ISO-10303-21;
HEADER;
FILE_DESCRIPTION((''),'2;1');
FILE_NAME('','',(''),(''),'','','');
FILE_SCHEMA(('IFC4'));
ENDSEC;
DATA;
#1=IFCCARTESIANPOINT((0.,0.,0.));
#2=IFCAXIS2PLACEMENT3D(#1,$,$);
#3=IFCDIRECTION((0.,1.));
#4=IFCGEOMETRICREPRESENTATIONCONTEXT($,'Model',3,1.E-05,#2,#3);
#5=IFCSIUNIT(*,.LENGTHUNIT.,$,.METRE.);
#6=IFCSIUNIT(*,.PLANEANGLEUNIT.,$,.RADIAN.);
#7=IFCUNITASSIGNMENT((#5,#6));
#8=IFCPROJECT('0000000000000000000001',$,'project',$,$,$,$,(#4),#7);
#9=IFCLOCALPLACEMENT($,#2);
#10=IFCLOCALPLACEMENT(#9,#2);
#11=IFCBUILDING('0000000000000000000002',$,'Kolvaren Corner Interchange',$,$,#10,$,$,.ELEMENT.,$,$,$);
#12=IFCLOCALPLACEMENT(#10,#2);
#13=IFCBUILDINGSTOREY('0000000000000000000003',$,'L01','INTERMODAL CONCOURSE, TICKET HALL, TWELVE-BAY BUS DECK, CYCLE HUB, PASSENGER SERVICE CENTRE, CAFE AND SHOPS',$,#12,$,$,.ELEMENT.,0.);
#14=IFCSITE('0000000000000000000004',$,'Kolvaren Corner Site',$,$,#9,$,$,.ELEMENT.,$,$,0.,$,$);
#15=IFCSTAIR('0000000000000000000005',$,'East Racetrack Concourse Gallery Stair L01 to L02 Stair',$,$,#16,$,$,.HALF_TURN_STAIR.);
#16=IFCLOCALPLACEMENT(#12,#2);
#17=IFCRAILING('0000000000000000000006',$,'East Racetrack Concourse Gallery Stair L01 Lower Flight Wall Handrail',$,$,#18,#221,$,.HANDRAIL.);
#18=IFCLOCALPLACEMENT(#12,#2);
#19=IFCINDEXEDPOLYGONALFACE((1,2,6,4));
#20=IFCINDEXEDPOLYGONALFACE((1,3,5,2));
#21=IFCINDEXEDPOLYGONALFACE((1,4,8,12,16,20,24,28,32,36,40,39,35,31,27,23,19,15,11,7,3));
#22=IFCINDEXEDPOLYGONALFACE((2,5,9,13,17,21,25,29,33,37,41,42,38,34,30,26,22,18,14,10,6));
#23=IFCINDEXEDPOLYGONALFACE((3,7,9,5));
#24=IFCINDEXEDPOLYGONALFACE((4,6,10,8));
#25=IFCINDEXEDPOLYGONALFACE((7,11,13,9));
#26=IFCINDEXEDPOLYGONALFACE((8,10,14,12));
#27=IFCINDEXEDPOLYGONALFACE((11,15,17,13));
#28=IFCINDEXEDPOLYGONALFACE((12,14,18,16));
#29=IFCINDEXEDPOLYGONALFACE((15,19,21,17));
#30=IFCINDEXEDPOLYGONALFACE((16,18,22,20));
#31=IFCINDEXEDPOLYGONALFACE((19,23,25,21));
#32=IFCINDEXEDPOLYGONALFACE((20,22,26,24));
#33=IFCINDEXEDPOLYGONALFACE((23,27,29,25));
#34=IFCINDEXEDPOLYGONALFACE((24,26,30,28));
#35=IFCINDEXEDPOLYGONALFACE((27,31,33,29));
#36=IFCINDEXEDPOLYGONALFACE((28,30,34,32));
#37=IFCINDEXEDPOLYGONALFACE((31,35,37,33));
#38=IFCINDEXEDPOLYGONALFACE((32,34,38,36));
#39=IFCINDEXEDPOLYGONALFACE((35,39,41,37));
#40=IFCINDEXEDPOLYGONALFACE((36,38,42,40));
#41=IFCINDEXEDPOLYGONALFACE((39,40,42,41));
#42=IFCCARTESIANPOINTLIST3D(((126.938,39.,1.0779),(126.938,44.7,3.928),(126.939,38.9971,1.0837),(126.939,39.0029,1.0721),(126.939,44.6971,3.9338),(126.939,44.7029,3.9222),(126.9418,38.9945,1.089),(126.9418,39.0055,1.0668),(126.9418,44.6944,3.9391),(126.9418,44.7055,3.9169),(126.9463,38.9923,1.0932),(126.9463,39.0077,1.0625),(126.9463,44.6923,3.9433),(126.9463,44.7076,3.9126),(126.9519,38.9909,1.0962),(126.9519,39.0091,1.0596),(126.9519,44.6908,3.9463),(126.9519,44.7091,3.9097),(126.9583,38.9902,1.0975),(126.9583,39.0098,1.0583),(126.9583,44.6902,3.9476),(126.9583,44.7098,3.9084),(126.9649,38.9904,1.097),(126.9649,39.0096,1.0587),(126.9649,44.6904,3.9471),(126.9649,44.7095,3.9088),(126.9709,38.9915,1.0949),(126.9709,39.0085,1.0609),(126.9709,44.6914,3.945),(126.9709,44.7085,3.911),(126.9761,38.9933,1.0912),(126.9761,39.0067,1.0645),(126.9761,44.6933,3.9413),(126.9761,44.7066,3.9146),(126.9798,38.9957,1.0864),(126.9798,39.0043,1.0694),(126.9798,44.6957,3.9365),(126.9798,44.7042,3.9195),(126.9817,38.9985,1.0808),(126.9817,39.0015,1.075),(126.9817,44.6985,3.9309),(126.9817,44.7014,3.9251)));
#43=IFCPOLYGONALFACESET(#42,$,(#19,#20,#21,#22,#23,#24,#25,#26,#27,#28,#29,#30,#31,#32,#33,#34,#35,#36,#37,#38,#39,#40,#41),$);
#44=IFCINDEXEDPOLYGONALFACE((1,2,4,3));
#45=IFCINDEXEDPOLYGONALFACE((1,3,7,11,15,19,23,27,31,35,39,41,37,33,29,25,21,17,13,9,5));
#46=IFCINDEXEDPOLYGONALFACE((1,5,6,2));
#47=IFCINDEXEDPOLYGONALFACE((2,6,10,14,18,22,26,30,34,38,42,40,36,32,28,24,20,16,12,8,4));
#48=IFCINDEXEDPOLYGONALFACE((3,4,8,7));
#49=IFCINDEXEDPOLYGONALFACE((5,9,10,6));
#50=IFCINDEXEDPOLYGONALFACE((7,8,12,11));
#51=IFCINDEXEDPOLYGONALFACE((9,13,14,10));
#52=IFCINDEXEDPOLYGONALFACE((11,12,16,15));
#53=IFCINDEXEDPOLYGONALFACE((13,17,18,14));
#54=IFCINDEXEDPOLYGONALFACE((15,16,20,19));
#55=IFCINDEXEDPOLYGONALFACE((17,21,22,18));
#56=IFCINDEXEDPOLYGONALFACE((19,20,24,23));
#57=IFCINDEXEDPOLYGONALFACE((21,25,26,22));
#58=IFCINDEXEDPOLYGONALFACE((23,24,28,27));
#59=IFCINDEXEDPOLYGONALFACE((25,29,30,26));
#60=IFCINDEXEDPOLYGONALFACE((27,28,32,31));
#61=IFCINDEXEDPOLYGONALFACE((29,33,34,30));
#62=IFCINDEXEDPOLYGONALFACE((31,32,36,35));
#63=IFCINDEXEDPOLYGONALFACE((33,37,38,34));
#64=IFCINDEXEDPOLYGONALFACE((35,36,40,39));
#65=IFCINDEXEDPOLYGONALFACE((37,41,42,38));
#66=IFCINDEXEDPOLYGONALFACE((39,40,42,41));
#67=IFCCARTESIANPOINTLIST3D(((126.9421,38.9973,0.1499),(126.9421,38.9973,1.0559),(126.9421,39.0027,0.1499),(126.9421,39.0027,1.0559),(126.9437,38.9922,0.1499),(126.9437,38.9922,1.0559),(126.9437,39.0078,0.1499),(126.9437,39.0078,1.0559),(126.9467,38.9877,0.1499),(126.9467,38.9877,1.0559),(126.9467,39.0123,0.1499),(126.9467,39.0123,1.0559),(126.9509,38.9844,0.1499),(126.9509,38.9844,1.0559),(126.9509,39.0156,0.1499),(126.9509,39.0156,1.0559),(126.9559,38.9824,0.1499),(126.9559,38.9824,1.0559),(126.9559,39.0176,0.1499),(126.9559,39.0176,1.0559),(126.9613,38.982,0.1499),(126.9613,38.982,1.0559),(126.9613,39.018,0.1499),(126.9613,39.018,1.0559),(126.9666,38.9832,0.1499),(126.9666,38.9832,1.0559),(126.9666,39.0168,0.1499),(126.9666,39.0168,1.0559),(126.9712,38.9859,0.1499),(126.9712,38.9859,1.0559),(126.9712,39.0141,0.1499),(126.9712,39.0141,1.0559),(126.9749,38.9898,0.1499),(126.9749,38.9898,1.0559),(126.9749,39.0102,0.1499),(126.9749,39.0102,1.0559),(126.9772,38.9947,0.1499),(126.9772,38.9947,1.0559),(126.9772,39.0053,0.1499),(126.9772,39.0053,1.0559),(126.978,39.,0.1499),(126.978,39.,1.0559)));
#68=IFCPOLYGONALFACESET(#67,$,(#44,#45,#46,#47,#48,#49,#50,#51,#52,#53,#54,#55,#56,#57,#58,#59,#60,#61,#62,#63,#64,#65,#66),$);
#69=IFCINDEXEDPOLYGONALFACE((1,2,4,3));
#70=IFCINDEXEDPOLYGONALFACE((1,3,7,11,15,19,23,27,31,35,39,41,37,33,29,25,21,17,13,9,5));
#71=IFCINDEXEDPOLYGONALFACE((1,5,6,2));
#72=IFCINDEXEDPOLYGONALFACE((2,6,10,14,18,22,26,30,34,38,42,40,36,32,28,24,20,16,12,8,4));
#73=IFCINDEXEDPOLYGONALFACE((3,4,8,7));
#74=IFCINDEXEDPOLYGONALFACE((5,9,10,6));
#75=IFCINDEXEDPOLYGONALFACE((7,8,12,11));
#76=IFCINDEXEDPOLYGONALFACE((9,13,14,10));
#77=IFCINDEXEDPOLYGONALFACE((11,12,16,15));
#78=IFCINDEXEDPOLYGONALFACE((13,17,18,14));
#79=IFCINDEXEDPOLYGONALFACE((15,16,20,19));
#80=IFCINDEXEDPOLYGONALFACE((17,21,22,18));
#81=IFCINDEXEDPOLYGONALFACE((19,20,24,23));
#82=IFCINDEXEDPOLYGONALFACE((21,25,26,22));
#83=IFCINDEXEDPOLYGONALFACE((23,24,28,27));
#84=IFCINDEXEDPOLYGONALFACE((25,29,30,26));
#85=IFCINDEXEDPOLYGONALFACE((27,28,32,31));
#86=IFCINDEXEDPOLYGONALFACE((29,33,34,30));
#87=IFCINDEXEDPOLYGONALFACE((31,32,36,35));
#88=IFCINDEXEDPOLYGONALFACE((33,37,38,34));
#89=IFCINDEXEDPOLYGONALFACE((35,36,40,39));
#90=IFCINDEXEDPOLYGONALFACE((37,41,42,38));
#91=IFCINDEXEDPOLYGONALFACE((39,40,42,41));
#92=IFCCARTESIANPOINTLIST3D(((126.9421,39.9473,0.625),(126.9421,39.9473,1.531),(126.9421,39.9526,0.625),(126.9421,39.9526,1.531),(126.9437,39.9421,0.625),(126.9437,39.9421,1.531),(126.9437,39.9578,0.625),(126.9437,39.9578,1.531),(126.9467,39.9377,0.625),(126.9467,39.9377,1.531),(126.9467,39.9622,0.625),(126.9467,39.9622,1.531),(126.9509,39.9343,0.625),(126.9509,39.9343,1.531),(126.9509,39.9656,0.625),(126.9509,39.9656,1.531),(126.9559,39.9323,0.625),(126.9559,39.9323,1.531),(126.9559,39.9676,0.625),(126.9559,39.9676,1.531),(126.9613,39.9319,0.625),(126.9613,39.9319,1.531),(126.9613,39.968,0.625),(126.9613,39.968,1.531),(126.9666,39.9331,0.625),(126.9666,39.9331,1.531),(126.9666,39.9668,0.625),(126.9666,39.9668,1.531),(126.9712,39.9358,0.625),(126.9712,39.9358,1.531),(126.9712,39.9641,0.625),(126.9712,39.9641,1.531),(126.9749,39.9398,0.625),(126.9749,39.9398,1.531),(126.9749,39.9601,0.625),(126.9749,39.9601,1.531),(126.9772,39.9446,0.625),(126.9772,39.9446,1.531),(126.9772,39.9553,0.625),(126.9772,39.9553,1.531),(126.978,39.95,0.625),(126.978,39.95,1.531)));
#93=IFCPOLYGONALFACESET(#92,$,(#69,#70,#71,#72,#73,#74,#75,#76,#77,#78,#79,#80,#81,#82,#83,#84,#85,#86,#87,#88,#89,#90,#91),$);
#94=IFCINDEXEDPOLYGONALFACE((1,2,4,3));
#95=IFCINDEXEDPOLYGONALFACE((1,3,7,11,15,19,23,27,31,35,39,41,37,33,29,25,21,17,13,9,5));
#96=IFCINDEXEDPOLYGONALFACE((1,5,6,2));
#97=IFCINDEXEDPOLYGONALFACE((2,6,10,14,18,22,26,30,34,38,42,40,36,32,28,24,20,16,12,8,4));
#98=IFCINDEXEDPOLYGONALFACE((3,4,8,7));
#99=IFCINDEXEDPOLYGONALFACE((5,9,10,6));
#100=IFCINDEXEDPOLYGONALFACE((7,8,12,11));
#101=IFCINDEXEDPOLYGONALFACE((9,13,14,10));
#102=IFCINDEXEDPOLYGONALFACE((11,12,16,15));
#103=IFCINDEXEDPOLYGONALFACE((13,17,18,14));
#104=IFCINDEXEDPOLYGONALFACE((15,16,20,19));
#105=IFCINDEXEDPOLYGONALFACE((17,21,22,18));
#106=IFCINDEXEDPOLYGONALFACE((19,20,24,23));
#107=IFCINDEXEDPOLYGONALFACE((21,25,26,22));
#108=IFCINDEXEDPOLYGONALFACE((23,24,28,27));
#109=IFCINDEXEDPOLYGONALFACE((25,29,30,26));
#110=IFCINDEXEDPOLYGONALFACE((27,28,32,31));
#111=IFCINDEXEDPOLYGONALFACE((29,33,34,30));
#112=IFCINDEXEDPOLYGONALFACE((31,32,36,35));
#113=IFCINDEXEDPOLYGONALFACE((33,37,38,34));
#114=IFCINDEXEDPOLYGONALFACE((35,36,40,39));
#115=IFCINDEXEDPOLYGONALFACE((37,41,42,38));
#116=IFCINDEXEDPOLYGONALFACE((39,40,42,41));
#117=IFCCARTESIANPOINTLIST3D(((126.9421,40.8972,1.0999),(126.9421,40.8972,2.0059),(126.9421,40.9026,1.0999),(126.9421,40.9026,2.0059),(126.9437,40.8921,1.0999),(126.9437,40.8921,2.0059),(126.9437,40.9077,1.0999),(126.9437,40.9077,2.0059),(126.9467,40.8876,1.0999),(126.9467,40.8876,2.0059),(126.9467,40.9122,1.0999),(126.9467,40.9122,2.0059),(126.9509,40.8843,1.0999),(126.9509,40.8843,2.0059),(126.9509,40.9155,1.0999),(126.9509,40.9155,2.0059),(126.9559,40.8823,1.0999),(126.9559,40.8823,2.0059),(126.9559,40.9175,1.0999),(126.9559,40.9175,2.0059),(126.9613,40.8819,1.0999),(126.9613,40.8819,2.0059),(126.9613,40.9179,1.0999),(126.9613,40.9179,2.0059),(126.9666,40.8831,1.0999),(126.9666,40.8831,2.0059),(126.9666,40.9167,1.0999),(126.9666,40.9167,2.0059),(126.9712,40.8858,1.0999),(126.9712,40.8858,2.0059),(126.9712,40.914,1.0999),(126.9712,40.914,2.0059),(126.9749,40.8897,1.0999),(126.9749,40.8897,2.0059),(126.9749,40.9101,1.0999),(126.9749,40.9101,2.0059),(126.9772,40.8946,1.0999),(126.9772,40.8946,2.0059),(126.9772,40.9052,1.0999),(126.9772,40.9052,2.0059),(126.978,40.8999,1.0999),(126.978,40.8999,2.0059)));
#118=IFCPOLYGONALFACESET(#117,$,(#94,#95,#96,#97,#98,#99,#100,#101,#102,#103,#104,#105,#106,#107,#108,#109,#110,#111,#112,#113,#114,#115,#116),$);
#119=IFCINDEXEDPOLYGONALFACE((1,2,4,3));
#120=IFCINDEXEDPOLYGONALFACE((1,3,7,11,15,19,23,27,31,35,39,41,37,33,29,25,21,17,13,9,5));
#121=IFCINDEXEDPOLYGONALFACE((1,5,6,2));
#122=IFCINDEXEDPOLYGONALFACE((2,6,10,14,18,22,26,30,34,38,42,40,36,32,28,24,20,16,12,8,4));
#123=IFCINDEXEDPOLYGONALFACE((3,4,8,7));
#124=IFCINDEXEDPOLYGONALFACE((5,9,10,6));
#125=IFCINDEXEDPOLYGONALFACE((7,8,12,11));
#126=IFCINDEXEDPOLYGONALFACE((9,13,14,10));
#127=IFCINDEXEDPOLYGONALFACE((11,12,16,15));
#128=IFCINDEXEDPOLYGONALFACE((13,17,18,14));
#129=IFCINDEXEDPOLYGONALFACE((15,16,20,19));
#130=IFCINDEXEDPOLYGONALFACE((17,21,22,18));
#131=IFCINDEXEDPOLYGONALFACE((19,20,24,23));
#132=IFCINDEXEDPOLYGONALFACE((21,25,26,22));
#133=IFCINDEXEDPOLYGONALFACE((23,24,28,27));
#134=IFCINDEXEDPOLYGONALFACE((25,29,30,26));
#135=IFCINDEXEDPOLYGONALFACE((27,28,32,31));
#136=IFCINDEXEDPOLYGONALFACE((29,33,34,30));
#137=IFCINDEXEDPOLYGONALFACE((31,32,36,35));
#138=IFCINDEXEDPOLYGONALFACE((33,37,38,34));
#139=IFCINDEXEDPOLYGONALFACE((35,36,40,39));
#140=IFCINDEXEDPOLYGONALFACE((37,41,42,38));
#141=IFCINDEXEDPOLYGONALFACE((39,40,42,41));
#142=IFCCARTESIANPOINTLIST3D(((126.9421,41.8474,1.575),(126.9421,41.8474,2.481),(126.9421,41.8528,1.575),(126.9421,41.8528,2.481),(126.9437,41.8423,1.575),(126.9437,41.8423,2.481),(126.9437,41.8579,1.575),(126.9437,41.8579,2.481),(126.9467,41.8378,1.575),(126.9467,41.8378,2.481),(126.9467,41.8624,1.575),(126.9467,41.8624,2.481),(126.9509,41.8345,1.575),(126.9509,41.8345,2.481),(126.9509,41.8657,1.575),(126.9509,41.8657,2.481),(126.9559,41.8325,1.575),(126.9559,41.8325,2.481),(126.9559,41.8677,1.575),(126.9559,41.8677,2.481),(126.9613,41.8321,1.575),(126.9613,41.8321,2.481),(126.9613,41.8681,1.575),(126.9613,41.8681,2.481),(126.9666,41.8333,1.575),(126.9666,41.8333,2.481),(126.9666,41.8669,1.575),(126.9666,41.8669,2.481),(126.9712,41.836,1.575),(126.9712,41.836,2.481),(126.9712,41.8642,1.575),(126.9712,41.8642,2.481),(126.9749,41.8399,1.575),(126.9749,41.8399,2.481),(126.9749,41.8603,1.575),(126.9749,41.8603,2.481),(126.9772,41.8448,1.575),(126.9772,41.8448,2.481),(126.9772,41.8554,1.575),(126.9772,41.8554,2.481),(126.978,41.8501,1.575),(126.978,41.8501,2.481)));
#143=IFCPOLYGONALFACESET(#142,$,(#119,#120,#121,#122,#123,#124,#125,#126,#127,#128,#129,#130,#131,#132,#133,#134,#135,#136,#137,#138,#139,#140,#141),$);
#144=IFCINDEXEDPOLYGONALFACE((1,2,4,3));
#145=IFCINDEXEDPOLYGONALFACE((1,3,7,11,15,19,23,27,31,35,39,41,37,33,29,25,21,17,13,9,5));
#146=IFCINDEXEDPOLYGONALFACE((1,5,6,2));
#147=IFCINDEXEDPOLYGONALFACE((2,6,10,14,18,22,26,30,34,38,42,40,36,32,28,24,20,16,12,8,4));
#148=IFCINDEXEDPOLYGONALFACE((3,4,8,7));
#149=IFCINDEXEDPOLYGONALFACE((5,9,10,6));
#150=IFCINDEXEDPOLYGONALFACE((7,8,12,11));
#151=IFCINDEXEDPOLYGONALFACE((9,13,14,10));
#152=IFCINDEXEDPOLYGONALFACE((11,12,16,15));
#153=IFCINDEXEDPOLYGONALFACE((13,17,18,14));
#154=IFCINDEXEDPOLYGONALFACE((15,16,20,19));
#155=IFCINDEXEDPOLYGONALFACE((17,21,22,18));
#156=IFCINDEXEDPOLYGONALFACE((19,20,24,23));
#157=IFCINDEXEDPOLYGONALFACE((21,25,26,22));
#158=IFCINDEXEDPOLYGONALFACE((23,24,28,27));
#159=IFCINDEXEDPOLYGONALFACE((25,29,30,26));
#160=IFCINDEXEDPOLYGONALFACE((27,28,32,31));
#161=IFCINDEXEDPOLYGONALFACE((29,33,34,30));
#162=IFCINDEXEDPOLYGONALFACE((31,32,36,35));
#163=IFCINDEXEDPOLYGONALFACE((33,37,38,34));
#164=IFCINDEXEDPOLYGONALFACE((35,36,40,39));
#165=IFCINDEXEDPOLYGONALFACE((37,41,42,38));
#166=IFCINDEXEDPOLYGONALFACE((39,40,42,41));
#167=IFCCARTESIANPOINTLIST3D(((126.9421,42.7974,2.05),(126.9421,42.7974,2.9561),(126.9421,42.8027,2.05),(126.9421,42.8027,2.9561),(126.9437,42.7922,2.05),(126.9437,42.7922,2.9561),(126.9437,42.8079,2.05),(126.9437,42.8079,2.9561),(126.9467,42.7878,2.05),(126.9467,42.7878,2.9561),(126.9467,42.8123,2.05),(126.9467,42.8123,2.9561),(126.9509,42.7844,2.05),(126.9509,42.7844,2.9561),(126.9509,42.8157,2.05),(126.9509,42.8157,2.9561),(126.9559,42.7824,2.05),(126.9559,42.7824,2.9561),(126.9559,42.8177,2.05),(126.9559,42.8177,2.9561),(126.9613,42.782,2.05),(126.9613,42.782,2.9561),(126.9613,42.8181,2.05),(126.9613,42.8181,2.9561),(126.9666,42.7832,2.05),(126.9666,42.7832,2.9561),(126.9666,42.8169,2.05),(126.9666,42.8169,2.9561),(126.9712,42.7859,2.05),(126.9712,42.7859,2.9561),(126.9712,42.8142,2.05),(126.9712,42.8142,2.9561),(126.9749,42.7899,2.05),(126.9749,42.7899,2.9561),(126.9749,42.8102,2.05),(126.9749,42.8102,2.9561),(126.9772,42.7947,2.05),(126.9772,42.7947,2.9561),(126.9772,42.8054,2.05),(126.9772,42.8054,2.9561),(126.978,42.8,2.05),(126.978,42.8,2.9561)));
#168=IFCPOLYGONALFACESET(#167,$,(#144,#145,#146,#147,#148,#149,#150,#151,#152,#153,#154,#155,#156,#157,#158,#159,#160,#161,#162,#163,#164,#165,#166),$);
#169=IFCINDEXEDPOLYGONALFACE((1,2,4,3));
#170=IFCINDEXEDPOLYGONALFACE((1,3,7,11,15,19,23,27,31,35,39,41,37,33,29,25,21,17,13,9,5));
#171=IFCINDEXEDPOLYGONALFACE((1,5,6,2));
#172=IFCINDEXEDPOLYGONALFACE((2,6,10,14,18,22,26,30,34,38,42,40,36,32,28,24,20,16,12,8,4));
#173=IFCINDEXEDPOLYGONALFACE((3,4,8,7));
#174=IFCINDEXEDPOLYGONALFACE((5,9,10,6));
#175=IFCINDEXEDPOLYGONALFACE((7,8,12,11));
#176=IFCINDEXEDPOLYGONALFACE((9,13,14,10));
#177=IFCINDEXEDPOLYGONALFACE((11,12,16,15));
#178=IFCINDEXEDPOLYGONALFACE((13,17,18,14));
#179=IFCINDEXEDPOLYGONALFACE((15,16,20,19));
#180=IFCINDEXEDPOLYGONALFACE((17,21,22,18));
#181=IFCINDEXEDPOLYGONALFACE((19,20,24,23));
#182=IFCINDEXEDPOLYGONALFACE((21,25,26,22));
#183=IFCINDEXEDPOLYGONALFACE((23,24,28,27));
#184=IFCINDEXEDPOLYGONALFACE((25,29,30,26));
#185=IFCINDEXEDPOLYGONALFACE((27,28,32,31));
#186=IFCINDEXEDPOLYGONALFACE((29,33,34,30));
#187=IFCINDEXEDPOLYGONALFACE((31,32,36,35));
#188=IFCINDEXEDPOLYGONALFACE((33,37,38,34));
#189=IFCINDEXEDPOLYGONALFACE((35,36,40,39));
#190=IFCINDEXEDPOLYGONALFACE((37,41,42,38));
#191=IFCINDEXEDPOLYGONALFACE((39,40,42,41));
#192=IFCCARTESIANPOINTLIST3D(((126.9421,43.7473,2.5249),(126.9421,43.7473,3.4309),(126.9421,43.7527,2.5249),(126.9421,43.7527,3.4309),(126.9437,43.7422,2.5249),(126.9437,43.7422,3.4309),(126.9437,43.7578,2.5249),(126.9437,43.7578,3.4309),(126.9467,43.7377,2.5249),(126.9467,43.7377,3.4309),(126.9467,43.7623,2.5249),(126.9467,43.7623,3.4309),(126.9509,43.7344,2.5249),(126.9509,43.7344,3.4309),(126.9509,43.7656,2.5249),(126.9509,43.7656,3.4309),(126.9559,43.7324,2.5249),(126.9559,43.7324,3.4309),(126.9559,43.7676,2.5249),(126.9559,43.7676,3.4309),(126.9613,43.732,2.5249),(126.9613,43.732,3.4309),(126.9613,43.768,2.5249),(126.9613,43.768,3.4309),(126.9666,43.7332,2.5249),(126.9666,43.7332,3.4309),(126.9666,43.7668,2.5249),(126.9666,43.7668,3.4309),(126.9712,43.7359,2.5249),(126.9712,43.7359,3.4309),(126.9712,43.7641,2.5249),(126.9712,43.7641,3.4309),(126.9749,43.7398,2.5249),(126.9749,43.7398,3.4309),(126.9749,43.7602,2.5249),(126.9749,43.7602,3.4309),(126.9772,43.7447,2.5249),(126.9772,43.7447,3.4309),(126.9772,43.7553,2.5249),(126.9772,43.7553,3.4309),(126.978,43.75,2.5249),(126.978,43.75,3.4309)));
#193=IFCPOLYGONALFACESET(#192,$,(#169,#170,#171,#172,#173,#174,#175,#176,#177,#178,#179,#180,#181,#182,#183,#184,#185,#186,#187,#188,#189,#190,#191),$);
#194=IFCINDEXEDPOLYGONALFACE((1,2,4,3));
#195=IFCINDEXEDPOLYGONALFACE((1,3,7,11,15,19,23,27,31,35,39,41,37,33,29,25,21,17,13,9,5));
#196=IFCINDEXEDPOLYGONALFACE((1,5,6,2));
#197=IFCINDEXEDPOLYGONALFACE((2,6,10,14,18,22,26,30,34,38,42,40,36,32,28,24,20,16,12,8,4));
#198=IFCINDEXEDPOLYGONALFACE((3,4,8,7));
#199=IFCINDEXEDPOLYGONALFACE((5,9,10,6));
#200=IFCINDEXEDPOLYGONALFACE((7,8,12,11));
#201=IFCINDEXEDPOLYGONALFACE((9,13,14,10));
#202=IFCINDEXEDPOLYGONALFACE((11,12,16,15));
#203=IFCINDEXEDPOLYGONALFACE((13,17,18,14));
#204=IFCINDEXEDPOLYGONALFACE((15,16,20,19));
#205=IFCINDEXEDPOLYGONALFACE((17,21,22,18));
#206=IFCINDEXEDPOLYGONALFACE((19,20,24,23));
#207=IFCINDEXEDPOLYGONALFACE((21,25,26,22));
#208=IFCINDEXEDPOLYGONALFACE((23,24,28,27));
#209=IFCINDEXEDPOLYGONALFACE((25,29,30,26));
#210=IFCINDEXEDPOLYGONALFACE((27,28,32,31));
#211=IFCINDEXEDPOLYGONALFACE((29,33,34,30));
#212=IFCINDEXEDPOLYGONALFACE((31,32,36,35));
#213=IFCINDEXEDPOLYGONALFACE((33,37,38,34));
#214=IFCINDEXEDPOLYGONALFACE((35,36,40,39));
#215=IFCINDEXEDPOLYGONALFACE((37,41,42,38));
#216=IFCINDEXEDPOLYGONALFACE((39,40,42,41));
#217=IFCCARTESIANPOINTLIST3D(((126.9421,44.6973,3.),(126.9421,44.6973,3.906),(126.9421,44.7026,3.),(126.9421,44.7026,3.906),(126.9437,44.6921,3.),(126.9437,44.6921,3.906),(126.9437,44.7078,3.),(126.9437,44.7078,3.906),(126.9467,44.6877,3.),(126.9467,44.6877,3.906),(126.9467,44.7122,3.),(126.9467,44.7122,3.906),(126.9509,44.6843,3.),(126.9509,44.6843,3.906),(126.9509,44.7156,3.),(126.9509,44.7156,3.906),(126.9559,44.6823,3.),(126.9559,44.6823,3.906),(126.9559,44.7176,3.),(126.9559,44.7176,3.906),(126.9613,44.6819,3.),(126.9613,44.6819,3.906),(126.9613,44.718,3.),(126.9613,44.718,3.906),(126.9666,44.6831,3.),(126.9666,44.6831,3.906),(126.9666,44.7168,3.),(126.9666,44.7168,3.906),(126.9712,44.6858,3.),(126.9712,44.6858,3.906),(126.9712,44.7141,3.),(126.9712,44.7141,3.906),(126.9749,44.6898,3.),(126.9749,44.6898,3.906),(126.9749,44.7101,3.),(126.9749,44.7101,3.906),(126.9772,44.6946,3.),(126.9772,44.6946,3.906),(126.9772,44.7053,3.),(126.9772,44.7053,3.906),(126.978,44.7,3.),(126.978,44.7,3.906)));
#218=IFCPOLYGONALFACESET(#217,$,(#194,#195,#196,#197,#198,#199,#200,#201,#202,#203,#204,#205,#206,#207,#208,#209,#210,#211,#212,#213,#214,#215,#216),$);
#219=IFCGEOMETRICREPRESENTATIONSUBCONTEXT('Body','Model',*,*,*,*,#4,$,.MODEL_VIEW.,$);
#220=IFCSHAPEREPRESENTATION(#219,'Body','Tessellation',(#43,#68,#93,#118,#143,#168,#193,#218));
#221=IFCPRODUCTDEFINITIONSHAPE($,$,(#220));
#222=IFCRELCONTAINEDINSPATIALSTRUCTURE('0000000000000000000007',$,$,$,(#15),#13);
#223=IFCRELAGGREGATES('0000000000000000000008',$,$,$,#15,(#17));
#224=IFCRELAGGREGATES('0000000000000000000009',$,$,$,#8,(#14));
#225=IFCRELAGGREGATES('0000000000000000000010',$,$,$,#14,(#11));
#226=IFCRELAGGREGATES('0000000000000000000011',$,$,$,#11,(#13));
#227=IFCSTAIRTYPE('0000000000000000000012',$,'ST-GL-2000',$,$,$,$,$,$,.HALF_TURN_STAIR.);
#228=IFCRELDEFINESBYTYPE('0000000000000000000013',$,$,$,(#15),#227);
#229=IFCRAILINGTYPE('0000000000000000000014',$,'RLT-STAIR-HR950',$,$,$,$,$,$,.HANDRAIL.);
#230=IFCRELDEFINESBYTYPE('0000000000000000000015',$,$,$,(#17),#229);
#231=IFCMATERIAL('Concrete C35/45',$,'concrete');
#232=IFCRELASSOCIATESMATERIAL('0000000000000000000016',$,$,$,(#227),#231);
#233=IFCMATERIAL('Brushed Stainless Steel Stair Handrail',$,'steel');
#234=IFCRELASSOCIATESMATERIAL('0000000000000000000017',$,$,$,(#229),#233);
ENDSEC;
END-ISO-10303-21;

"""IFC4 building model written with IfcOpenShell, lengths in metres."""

from ifc_helpers import new_model, si_unit, direction, frame, origin, origin_2d, place, context, subcontext, project, spatial, circle, extrude, material, type_object, element, aggregate, save


model = new_model("IFC4")

# Units and contexts
model_context = context("Model", 3, precision=1e-05, world=origin(), true_north=direction((0.0, 1.0)))
body_context = subcontext(model_context, "Body", "Model", "MODEL_VIEW")
ifc_project = project(units=[si_unit("LENGTHUNIT", "METRE"), si_unit("PLANEANGLEUNIT", "RADIAN")], contexts=[model_context])

# Site, building, storey
site_placement = place(None, origin())
site = spatial("IfcSite", under=ifc_project, at=site_placement, Name="Kolvaren Corner Site", CompositionType="ELEMENT", RefElevation=0.0)
building_placement = place(site_placement, origin())
building = spatial("IfcBuilding", under=site, at=building_placement, Name="Kolvaren Corner Interchange", CompositionType="ELEMENT")
storey_placement = place(building_placement, origin())
storey = spatial("IfcBuildingStorey", under=building, at=storey_placement, Name="L01", Description="INTERMODAL CONCOURSE, TICKET HALL, TWELVE-BAY BUS DECK, CYCLE HUB, PASSENGER SERVICE CENTRE, CAFE AND SHOPS", CompositionType="ELEMENT", Elevation=0.0)

# Stair, railing
ifc_material_1 = material(Name="Concrete C35/45", Category="concrete")
stair_type = type_object("IfcStairType", Name="ST-GL-2000", PredefinedType="HALF_TURN_STAIR", material=ifc_material_1)
stair_placement = place(storey_placement, origin())
stair = element("IfcStair", 1, at=stair_placement, inside=storey, type_object=stair_type, Name="East Racetrack Concourse Gallery Stair L01 to L02 Stair", PredefinedType="HALF_TURN_STAIR")
ifc_material_2 = material(Name="Brushed Stainless Steel Stair Handrail", Category="steel")
railing_type = type_object("IfcRailingType", Name="RLT-STAIR-HR950", PredefinedType="HANDRAIL", material=ifc_material_2)
railing_placement = place(storey_placement, frame((126.96, 39.0, 0.1499)))
railing = element("IfcRailing", 2, at=railing_placement, type_object=railing_type, Name="East Racetrack Concourse Gallery Stair L01 Lower Flight Wall Handrail", PredefinedType="HANDRAIL", context=body_context, shape_type="SweptSolid", body=[
    extrude(circle(Radius=0.022, at=origin_2d()), frame((0.0, 0.0, 0.928), z_axis=(0.0, 0.89442, 0.447229), x_axis=(-1.0, 0.0, 0.0)), (0.0, 0.0, 1.0), 6.3728),
    extrude(circle(Radius=0.0181, at=origin_2d()), origin(), (0.0, 0.0, 1.0), 0.906),
    extrude(circle(Radius=0.0181, at=origin_2d()), frame((0.0, 0.95, 0.4751)), (0.0, 0.0, 1.0), 0.906),
    extrude(circle(Radius=0.0181, at=origin_2d()), frame((0.0, 1.8999, 0.95)), (0.0, 0.0, 1.0), 0.906),
    extrude(circle(Radius=0.0181, at=origin_2d()), frame((0.0, 2.8501, 1.425)), (0.0, 0.0, 1.0), 0.906),
    extrude(circle(Radius=0.0181, at=origin_2d()), frame((0.0, 3.8, 1.9001)), (0.0, 0.0, 1.0), 0.906),
    extrude(circle(Radius=0.0181, at=origin_2d()), frame((0.0, 4.75, 2.375)), (0.0, 0.0, 1.0), 0.906),
    extrude(circle(Radius=0.0181, at=origin_2d()), frame((0.0, 5.7, 2.8501)), (0.0, 0.0, 1.0), 0.906),
])
aggregate(stair, [railing])

save(model, "model.ifc")
